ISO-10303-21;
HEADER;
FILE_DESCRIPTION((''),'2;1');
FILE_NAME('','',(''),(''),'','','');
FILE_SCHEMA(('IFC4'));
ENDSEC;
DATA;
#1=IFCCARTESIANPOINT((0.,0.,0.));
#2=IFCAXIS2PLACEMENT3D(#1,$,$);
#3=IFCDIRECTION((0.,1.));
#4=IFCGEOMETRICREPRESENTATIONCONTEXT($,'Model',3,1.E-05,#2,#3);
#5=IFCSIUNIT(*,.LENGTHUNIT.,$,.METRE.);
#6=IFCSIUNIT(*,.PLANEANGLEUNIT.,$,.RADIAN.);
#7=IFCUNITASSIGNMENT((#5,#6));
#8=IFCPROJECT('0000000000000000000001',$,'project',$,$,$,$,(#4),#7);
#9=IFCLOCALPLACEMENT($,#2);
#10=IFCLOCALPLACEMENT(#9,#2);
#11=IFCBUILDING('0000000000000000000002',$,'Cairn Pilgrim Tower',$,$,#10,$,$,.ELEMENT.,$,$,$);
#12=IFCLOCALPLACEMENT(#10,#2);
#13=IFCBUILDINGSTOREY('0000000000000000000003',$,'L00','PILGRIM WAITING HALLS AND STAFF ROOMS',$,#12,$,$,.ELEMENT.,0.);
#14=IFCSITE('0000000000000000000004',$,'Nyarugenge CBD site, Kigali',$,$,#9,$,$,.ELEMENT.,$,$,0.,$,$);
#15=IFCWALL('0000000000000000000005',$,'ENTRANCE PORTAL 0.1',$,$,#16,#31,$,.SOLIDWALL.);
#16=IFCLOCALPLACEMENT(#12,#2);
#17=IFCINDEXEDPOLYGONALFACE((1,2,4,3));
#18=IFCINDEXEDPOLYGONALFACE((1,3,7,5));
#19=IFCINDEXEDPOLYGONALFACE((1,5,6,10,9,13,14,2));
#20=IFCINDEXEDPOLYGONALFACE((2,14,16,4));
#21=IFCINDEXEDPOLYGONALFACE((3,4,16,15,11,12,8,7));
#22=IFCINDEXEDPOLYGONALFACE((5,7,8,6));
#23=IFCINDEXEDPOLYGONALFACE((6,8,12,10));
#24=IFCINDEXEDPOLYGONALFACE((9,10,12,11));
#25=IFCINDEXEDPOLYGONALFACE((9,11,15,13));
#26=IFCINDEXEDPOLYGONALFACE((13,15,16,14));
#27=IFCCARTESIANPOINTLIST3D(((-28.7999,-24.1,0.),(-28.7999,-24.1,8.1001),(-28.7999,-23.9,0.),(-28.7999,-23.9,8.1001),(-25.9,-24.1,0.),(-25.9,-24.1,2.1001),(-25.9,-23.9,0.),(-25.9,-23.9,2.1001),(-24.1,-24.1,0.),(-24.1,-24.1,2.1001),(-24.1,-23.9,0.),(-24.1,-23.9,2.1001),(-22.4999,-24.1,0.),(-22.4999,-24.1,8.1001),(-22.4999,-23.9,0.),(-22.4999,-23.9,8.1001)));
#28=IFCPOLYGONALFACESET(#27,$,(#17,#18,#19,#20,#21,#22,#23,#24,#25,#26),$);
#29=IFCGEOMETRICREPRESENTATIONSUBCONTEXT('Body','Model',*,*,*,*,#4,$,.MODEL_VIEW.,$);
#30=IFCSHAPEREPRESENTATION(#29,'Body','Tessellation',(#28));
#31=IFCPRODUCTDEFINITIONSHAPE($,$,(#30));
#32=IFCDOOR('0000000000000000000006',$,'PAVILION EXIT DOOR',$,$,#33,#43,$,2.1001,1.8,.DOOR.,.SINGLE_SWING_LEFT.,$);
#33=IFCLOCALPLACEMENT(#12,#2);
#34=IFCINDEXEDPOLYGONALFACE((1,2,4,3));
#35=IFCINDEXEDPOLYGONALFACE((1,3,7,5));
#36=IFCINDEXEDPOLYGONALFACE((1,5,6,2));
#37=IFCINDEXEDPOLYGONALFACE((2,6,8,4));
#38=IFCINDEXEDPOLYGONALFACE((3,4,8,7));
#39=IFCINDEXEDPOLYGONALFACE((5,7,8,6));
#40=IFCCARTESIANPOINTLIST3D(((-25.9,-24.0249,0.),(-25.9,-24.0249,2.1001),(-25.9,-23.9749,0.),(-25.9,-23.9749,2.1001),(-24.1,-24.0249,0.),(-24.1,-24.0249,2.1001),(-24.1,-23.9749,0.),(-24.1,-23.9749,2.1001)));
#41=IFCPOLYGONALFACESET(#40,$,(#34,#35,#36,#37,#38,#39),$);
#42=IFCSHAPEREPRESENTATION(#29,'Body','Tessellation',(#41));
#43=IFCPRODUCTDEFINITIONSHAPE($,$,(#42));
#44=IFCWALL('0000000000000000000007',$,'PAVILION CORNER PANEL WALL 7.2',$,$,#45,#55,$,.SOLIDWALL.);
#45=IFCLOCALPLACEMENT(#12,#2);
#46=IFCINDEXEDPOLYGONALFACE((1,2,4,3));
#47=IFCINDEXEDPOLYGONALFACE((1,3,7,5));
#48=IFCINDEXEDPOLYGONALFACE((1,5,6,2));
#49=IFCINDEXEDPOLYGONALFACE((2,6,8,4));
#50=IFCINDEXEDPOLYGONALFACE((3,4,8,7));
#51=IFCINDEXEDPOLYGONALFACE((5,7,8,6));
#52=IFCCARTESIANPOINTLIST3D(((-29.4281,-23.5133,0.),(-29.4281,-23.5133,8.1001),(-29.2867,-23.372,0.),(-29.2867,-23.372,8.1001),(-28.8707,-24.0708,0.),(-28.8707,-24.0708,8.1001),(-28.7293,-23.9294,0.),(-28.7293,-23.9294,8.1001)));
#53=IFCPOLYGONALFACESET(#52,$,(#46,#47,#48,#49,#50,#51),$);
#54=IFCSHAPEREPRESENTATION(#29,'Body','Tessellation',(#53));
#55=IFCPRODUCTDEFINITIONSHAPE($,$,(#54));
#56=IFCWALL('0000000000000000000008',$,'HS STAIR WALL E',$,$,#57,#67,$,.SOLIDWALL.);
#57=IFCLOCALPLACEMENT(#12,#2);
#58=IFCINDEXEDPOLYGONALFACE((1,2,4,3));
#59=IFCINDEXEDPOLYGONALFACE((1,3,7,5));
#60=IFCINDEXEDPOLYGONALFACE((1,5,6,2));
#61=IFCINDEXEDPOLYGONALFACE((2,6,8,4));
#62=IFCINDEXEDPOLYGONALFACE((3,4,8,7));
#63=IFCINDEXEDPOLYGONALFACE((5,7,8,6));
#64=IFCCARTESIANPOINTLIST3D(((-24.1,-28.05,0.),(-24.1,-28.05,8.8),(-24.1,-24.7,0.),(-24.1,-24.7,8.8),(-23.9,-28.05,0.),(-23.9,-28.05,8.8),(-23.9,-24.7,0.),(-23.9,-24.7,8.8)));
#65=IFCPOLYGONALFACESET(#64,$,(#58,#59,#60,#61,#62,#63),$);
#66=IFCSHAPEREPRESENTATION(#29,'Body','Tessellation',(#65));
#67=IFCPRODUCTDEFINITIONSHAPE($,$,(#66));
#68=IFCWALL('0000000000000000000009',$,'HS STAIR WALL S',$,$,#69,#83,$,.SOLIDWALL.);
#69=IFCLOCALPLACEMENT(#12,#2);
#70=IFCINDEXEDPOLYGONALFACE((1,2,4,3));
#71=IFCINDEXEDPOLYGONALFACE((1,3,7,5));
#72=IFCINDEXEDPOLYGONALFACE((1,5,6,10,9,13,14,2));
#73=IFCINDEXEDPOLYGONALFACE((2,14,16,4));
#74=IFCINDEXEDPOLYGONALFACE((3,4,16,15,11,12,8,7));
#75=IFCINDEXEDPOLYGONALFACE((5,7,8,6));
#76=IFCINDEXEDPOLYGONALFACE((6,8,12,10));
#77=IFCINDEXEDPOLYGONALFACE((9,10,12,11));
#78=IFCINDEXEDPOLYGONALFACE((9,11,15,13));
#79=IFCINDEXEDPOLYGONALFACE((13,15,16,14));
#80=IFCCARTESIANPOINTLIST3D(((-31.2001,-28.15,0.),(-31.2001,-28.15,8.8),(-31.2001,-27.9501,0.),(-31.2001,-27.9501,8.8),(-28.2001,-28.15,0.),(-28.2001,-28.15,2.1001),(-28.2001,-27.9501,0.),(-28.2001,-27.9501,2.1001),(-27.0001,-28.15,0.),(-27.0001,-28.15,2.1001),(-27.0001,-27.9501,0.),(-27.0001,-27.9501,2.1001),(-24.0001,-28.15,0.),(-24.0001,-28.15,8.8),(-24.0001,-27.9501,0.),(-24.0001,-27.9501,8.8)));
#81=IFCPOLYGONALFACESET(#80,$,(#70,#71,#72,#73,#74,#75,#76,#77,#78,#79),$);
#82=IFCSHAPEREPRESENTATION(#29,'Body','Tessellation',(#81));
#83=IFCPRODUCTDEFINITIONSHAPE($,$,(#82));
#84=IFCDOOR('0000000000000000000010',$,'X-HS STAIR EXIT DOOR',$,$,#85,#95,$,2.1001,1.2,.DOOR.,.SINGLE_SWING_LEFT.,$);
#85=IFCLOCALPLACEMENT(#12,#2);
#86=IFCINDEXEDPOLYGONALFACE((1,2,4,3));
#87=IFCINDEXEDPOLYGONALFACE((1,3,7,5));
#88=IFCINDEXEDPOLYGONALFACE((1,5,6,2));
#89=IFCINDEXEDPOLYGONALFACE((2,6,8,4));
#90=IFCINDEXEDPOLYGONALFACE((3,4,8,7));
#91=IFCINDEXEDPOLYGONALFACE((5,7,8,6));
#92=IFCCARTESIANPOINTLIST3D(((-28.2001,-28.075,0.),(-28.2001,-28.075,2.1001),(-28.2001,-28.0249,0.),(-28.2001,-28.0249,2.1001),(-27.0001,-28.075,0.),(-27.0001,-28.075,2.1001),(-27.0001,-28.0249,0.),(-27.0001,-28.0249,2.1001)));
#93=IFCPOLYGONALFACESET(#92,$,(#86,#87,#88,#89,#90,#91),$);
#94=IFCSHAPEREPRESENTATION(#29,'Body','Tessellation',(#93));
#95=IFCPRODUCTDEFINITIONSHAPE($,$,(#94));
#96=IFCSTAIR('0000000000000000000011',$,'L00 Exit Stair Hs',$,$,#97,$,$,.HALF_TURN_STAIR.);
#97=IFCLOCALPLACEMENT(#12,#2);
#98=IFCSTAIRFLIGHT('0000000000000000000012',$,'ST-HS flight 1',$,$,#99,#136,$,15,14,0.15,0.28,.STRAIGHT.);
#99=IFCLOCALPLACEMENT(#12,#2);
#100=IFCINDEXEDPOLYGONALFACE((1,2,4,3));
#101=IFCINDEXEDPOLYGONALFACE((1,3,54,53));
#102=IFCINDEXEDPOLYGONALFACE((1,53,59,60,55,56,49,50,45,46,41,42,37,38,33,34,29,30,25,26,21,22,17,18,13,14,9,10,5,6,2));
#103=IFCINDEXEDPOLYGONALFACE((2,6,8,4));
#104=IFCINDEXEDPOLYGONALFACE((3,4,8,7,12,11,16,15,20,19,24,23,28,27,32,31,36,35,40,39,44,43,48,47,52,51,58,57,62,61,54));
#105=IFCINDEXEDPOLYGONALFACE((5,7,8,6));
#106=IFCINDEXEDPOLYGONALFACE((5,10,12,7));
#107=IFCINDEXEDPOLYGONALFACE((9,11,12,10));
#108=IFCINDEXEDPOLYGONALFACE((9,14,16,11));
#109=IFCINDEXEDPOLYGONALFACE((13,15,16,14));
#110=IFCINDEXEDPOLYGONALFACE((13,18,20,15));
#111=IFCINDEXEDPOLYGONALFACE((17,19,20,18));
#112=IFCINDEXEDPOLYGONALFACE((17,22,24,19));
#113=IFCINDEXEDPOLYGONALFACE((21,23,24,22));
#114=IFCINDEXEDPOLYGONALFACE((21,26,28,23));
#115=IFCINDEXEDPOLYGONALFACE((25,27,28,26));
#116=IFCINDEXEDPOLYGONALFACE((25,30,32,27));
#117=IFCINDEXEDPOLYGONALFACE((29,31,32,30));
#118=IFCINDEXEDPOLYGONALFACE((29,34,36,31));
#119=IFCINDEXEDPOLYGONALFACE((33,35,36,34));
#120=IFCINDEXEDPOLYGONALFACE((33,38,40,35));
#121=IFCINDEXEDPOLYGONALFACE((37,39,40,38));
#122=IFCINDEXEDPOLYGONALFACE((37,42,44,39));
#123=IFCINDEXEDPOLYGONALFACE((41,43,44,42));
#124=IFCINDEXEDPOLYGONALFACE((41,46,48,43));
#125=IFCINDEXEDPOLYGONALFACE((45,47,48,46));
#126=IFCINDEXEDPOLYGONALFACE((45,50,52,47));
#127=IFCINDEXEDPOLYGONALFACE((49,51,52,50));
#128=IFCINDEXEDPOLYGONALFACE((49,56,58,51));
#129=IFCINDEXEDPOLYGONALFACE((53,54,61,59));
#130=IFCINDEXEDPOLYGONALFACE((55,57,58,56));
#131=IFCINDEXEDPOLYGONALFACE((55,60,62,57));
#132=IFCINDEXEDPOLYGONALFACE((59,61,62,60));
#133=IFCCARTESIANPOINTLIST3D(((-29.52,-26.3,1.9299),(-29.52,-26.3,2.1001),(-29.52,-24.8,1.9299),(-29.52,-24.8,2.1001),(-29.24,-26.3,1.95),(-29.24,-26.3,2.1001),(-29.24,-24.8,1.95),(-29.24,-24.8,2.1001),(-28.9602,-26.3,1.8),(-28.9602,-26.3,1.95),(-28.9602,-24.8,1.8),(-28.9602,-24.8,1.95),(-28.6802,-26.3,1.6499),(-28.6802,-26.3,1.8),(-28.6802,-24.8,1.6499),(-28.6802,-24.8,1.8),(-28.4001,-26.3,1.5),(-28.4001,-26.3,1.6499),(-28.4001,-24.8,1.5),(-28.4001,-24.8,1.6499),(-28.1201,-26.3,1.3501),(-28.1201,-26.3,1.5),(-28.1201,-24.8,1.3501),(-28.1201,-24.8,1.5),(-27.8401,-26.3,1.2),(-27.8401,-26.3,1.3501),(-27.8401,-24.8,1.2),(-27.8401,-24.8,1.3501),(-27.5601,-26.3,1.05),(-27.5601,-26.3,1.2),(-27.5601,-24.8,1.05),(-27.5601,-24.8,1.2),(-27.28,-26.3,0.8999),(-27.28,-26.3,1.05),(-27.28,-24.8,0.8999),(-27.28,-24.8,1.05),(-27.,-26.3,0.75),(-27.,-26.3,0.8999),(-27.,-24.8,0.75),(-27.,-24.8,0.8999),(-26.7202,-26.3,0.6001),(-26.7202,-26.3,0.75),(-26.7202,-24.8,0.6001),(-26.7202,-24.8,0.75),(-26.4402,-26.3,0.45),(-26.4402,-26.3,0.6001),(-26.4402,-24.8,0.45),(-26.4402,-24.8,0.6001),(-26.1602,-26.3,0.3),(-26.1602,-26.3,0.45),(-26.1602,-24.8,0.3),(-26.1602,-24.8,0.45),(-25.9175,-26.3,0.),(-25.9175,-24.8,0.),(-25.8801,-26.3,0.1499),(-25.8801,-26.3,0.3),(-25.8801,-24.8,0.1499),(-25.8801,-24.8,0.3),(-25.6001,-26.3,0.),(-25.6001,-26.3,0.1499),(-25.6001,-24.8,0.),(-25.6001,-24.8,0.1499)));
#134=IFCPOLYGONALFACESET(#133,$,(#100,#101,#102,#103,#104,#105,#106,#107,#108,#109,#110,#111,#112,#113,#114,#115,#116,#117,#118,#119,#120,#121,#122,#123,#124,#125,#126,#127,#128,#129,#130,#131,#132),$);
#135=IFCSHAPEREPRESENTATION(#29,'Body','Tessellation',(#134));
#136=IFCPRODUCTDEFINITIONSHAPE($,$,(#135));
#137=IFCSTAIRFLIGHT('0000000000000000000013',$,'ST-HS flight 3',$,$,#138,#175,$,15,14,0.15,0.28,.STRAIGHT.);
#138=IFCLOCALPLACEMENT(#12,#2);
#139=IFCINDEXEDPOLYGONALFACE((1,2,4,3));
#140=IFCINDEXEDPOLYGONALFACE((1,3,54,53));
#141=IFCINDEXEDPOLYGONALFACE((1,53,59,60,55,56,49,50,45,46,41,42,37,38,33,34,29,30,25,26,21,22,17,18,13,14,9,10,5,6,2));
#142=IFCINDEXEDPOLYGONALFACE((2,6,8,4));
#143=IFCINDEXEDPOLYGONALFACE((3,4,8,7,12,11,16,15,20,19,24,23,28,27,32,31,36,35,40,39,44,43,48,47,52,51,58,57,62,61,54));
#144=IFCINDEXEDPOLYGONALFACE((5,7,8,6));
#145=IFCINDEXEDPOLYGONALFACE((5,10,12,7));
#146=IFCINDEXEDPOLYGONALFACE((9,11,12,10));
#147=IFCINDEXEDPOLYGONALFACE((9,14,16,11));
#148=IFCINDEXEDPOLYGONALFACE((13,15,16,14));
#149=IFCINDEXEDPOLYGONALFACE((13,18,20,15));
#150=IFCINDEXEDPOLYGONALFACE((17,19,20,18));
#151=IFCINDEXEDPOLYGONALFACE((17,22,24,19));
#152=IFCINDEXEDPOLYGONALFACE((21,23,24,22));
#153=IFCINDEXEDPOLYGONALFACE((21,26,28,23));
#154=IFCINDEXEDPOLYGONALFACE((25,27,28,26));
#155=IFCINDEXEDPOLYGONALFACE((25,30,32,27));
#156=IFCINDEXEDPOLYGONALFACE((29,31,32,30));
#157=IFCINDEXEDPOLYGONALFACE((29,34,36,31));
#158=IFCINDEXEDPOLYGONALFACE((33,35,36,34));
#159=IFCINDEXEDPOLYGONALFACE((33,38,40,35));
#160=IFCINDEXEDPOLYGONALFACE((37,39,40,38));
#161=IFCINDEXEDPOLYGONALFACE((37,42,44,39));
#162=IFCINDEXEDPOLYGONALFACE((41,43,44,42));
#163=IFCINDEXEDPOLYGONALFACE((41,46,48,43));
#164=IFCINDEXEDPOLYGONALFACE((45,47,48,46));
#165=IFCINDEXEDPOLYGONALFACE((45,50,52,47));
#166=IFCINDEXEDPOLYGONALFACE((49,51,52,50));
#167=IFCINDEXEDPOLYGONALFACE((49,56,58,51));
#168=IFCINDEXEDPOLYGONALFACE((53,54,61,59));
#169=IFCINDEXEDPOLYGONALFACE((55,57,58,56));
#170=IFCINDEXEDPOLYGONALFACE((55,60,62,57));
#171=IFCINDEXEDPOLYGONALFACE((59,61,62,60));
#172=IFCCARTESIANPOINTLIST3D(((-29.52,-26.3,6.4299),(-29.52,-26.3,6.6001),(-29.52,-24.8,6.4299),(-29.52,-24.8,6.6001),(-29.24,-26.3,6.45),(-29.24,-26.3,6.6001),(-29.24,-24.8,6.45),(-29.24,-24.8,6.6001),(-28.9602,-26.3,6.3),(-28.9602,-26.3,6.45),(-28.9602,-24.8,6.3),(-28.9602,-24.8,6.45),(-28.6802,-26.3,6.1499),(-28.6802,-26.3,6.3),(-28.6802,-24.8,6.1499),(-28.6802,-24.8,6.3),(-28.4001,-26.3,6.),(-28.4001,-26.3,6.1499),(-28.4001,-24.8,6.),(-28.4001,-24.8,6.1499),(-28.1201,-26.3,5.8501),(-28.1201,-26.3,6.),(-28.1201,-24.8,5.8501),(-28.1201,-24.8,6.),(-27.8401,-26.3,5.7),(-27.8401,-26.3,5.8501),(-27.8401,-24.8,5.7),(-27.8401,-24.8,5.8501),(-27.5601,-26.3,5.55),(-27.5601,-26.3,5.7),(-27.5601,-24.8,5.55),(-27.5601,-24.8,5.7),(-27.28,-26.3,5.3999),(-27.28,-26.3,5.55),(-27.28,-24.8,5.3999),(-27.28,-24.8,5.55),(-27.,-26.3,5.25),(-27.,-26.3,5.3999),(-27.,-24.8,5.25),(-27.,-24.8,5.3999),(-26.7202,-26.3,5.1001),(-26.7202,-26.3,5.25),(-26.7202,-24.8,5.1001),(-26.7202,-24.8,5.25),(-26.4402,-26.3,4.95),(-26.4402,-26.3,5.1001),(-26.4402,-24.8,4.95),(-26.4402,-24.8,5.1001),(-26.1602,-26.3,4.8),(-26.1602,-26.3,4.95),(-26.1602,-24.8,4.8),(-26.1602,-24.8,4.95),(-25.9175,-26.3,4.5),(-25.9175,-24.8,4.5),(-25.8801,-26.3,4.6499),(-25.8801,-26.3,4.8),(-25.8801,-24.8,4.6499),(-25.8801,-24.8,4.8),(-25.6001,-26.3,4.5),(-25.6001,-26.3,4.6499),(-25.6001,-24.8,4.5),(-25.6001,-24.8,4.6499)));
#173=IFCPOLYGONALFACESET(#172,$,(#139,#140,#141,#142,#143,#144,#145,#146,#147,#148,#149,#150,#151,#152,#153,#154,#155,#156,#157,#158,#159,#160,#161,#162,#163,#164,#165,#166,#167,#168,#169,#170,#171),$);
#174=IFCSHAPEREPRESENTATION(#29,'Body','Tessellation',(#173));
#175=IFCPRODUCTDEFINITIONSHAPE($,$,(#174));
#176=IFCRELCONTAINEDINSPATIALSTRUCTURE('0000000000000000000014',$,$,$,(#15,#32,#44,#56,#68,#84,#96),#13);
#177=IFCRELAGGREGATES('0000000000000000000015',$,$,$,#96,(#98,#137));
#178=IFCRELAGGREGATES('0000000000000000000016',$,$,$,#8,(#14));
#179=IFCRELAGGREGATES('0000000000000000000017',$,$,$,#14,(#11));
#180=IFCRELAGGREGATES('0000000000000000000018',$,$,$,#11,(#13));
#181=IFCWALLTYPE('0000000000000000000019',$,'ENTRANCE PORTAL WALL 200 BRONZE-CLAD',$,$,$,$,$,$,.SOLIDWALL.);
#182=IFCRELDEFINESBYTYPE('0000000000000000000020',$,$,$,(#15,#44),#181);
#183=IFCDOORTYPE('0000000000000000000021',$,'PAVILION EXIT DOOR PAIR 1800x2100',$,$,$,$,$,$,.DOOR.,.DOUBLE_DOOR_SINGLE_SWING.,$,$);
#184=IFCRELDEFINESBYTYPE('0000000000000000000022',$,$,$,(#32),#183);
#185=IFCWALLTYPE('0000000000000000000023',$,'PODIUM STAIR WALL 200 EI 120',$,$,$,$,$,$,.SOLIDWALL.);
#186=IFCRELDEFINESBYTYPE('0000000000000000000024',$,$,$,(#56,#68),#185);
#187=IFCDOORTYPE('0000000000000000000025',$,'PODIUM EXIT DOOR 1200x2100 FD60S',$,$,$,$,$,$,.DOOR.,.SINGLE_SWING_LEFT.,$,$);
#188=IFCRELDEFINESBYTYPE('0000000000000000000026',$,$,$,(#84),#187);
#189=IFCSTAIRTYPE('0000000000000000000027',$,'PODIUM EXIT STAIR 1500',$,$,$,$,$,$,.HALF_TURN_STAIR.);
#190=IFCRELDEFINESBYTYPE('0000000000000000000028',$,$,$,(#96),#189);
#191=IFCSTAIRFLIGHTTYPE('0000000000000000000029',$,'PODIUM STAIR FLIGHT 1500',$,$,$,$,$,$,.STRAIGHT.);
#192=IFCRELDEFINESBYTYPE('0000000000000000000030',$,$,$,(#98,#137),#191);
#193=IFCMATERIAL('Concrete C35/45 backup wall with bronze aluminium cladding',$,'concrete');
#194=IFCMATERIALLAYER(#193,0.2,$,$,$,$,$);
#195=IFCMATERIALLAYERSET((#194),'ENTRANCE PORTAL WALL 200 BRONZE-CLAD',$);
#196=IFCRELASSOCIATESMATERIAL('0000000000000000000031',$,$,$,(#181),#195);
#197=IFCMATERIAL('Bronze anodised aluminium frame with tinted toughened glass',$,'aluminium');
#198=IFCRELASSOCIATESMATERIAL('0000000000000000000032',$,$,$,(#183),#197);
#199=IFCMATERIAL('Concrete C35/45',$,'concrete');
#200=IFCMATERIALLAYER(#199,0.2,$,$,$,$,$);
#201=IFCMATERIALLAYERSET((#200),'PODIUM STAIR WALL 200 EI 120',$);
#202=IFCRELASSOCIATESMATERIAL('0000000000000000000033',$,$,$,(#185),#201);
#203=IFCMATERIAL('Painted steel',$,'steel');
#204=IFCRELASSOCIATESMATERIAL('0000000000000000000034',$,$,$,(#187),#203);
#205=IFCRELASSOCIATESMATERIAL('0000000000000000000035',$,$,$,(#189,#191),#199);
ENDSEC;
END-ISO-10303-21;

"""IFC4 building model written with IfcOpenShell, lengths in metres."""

from ifc_helpers import new_model, si_unit, direction, frame, frame_2d, origin, place, context, subcontext, project, spatial, polyline, rectangle, outline, extrude, material, layer, layer_set, type_object, element, fill, aggregate, save


model = new_model("IFC4")

# Units and contexts
model_context = context("Model", 3, precision=1e-05, world=origin(), true_north=direction((0.0, 1.0)))
body_context = subcontext(model_context, "Body", "Model", "MODEL_VIEW")
ifc_project = project(units=[si_unit("LENGTHUNIT", "METRE"), si_unit("PLANEANGLEUNIT", "RADIAN")], contexts=[model_context])

# Site, building, storey
site_placement = place(None, origin())
site = spatial("IfcSite", under=ifc_project, at=site_placement, Name="Nyarugenge CBD site, Kigali", CompositionType="ELEMENT", RefElevation=0.0)
building_placement = place(site_placement, origin())
building = spatial("IfcBuilding", under=site, at=building_placement, Name="Cairn Pilgrim Tower", CompositionType="ELEMENT")
storey_placement = place(building_placement, origin())
storey = spatial("IfcBuildingStorey", under=building, at=storey_placement, Name="L00", Description="PILGRIM WAITING HALLS AND STAFF ROOMS", CompositionType="ELEMENT", Elevation=0.0)

# Shared definitions
ifc_material_1 = material(Name="Concrete C35/45", Category="concrete")

# Wall, opening, door
ifc_material_2 = material(Name="Concrete C35/45 backup wall with bronze aluminium cladding", Category="concrete")
ifc_layer_1 = layer(ifc_material_2, 0.2)
ifc_layer_set_1 = layer_set([ifc_layer_1], Name="ENTRANCE PORTAL WALL 200 BRONZE-CLAD")
wall_type_1 = type_object("IfcWallType", Name="ENTRANCE PORTAL WALL 200 BRONZE-CLAD", PredefinedType="SOLIDWALL", material=ifc_layer_set_1)
wall_1_placement = place(storey_placement, frame((-22.5, -24.0, 0.0), z_axis=(0.0, 0.0, 1.0), x_axis=(-1.0, 0.0, 0.0)))
wall_1 = element("IfcWall", 1, at=wall_1_placement, inside=storey, type_object=wall_type_1, Name="ENTRANCE PORTAL 0.1", PredefinedType="SOLIDWALL", context=body_context, shape_type="SweptSolid", body=[
    extrude(rectangle(XDim=6.3, YDim=0.2, at=frame_2d((3.1499, 0.0))), origin(), (0.0, 0.0, 1.0), 8.1001),
])
opening_1_placement = place(wall_1_placement, frame((1.6001, 0.0, 0.0)))
opening_1 = element("IfcOpeningElement", 2, at=opening_1_placement, cuts=wall_1, PredefinedType="OPENING", context=body_context, shape_type="SweptSolid", body=[
    extrude(rectangle(XDim=1.8, YDim=2.1001, at=frame_2d((0.8999, 1.05))), frame((0.0, 0.1099, 0.0), z_axis=(0.0, -1.0, 0.0), x_axis=(1.0, 0.0, 0.0)), (0.0, 0.0, 1.0), 0.22),
])
ifc_material_3 = material(Name="Bronze anodised aluminium frame with tinted toughened glass", Category="aluminium")
door_type_1 = type_object("IfcDoorType", Name="PAVILION EXIT DOOR PAIR 1800x2100", OperationType="DOUBLE_DOOR_SINGLE_SWING", PredefinedType="DOOR", material=ifc_material_3)
door_1_placement = place(opening_1_placement, origin())
door_1 = element("IfcDoor", 3, at=door_1_placement, inside=storey, type_object=door_type_1, Name="PAVILION EXIT DOOR", OperationType="SINGLE_SWING_LEFT", OverallHeight=2.1001, OverallWidth=1.8, PredefinedType="DOOR", context=body_context, shape_type="SweptSolid", body=[
    extrude(rectangle(XDim=1.8, YDim=2.1001, at=frame_2d((0.8999, 1.05))), frame((0.0, 0.0249, 0.0), z_axis=(0.0, -1.0, 0.0), x_axis=(1.0, 0.0, 0.0)), (0.0, 0.0, 1.0), 0.05),
])
fill(opening_1, door_1)

# Walls
wall_2_placement = place(storey_placement, frame((-28.8, -24.0, 0.0), z_axis=(0.0, 0.0, 1.0), x_axis=(-0.707107, 0.707107, 0.0)))
element("IfcWall", 4, at=wall_2_placement, inside=storey, type_object=wall_type_1, Name="PAVILION CORNER PANEL WALL 7.2", PredefinedType="SOLIDWALL", context=body_context, shape_type="SweptSolid", body=[
    extrude(rectangle(XDim=0.7883, YDim=0.2, at=frame_2d((0.394, 0.0))), origin(), (0.0, 0.0, 1.0), 8.1001),
])
ifc_layer_2 = layer(ifc_material_1, 0.2)
ifc_layer_set_2 = layer_set([ifc_layer_2], Name="PODIUM STAIR WALL 200 EI 120")
wall_type_2 = type_object("IfcWallType", Name="PODIUM STAIR WALL 200 EI 120", PredefinedType="SOLIDWALL", material=ifc_layer_set_2)
wall_3_placement = place(storey_placement, frame((-24.0, -24.7, 0.0), z_axis=(0.0, 0.0, 1.0), x_axis=(0.0, -1.0, 0.0)))
element("IfcWall", 5, at=wall_3_placement, inside=storey, type_object=wall_type_2, Name="HS STAIR WALL E", PredefinedType="SOLIDWALL", context=body_context, shape_type="SweptSolid", body=[
    extrude(rectangle(XDim=3.3501, YDim=0.2, at=frame_2d((1.675, 0.0))), origin(), (0.0, 0.0, 1.0), 8.8),
])

# Wall, opening, door
wall_4_placement = place(storey_placement, frame((-24.0, -28.05, 0.0), z_axis=(0.0, 0.0, 1.0), x_axis=(-1.0, 0.0, 0.0)))
wall_4 = element("IfcWall", 6, at=wall_4_placement, inside=storey, type_object=wall_type_2, Name="HS STAIR WALL S", PredefinedType="SOLIDWALL", context=body_context, shape_type="SweptSolid", body=[
    extrude(rectangle(XDim=7.2, YDim=0.2, at=frame_2d((3.6001, 0.0))), origin(), (0.0, 0.0, 1.0), 8.8),
])
opening_2_placement = place(wall_4_placement, frame((3.0, 0.0, 0.0)))
opening_2 = element("IfcOpeningElement", 7, at=opening_2_placement, cuts=wall_4, PredefinedType="OPENING", context=body_context, shape_type="SweptSolid", body=[
    extrude(rectangle(XDim=1.2, YDim=2.1001, at=frame_2d((0.6001, 1.05))), frame((0.0, 0.1099, 0.0), z_axis=(0.0, -1.0, 0.0), x_axis=(1.0, 0.0, 0.0)), (0.0, 0.0, 1.0), 0.22),
])
ifc_material_4 = material(Name="Painted steel", Category="steel")
door_type_2 = type_object("IfcDoorType", Name="PODIUM EXIT DOOR 1200x2100 FD60S", OperationType="SINGLE_SWING_LEFT", PredefinedType="DOOR", material=ifc_material_4)
door_2_placement = place(opening_2_placement, origin())
door_2 = element("IfcDoor", 8, at=door_2_placement, inside=storey, type_object=door_type_2, Name="X-HS STAIR EXIT DOOR", OperationType="SINGLE_SWING_LEFT", OverallHeight=2.1001, OverallWidth=1.2, PredefinedType="DOOR", context=body_context, shape_type="SweptSolid", body=[
    extrude(rectangle(XDim=1.2, YDim=2.1001, at=frame_2d((0.6001, 1.05))), frame((0.0, 0.0249, 0.0), z_axis=(0.0, -1.0, 0.0), x_axis=(1.0, 0.0, 0.0)), (0.0, 0.0, 1.0), 0.05),
])
fill(opening_2, door_2)

# Stair, stair flights
stair_type = type_object("IfcStairType", Name="PODIUM EXIT STAIR 1500", PredefinedType="HALF_TURN_STAIR", material=ifc_material_1)
stair_placement = place(storey_placement, origin())
stair = element("IfcStair", 9, at=stair_placement, inside=storey, type_object=stair_type, Name="L00 Exit Stair Hs", PredefinedType="HALF_TURN_STAIR")
stair_flight_type = type_object("IfcStairFlightType", Name="PODIUM STAIR FLIGHT 1500", PredefinedType="STRAIGHT", material=ifc_material_1)
stair_flight_1_placement = place(storey_placement, frame((-25.6001, -25.55, 0.0), z_axis=(0.0, 0.0, 1.0), x_axis=(-1.0, 0.0, 0.0)))
stair_flight_1 = element("IfcStairFlight", 10, at=stair_flight_1_placement, type_object=stair_flight_type, Name="ST-HS flight 1", NumberOfRisers=15, NumberOfTreads=14, PredefinedType="STRAIGHT", RiserHeight=0.15, TreadLength=0.28, context=body_context, shape_type="SweptSolid", body=[
    extrude(outline(polyline([(0.0, 0.0), (0.0, 0.1499), (0.28, 0.1499), (0.28, 0.3), (0.5601, 0.3), (0.5601, 0.45), (0.8401, 0.45), (0.8401, 0.6001), (1.1201, 0.6001), (1.1201, 0.75), (1.3999, 0.75), (1.3999, 0.8999), (1.6799, 0.8999), (1.6799, 1.05), (1.96, 1.05), (1.96, 1.2), (2.24, 1.2), (2.24, 1.3501), (2.52, 1.3501), (2.52, 1.5), (2.8, 1.5), (2.8, 1.6499), (3.0801, 1.6499), (3.0801, 1.8), (3.3601, 1.8), (3.3601, 1.95), (3.6399, 1.95), (3.6399, 2.1001), (3.9199, 2.1001), (3.9199, 2.25), (3.9199, 1.9299), (0.3174, 0.0), (0.0, 0.0)])), frame((0.0, 0.75, 0.0), z_axis=(0.0, -1.0, 0.0), x_axis=(1.0, 0.0, 0.0)), (0.0, 0.0, 1.0), 1.5),
])
stair_flight_2_placement = place(storey_placement, frame((-25.6001, -25.55, 4.5), z_axis=(0.0, 0.0, 1.0), x_axis=(-1.0, 0.0, 0.0)))
stair_flight_2 = element("IfcStairFlight", 11, at=stair_flight_2_placement, type_object=stair_flight_type, Name="ST-HS flight 3", NumberOfRisers=15, NumberOfTreads=14, PredefinedType="STRAIGHT", RiserHeight=0.15, TreadLength=0.28, context=body_context, shape_type="SweptSolid", body=[
    extrude(outline(polyline([(0.0, 0.0), (0.0, 0.1499), (0.28, 0.1499), (0.28, 0.3), (0.5601, 0.3), (0.5601, 0.45), (0.8401, 0.45), (0.8401, 0.6001), (1.1201, 0.6001), (1.1201, 0.75), (1.3999, 0.75), (1.3999, 0.8999), (1.6799, 0.8999), (1.6799, 1.05), (1.96, 1.05), (1.96, 1.2), (2.24, 1.2), (2.24, 1.3501), (2.52, 1.3501), (2.52, 1.5), (2.8, 1.5), (2.8, 1.6499), (3.0801, 1.6499), (3.0801, 1.8), (3.3601, 1.8), (3.3601, 1.95), (3.6399, 1.95), (3.6399, 2.1001), (3.9199, 2.1001), (3.9199, 2.25), (3.9199, 1.9299), (0.3174, 0.0), (0.0, 0.0)])), frame((0.0, 0.75, 0.0), z_axis=(0.0, -1.0, 0.0), x_axis=(1.0, 0.0, 0.0)), (0.0, 0.0, 1.0), 1.5),
])
aggregate(stair, [stair_flight_1, stair_flight_2])

save(model, "model.ifc")
